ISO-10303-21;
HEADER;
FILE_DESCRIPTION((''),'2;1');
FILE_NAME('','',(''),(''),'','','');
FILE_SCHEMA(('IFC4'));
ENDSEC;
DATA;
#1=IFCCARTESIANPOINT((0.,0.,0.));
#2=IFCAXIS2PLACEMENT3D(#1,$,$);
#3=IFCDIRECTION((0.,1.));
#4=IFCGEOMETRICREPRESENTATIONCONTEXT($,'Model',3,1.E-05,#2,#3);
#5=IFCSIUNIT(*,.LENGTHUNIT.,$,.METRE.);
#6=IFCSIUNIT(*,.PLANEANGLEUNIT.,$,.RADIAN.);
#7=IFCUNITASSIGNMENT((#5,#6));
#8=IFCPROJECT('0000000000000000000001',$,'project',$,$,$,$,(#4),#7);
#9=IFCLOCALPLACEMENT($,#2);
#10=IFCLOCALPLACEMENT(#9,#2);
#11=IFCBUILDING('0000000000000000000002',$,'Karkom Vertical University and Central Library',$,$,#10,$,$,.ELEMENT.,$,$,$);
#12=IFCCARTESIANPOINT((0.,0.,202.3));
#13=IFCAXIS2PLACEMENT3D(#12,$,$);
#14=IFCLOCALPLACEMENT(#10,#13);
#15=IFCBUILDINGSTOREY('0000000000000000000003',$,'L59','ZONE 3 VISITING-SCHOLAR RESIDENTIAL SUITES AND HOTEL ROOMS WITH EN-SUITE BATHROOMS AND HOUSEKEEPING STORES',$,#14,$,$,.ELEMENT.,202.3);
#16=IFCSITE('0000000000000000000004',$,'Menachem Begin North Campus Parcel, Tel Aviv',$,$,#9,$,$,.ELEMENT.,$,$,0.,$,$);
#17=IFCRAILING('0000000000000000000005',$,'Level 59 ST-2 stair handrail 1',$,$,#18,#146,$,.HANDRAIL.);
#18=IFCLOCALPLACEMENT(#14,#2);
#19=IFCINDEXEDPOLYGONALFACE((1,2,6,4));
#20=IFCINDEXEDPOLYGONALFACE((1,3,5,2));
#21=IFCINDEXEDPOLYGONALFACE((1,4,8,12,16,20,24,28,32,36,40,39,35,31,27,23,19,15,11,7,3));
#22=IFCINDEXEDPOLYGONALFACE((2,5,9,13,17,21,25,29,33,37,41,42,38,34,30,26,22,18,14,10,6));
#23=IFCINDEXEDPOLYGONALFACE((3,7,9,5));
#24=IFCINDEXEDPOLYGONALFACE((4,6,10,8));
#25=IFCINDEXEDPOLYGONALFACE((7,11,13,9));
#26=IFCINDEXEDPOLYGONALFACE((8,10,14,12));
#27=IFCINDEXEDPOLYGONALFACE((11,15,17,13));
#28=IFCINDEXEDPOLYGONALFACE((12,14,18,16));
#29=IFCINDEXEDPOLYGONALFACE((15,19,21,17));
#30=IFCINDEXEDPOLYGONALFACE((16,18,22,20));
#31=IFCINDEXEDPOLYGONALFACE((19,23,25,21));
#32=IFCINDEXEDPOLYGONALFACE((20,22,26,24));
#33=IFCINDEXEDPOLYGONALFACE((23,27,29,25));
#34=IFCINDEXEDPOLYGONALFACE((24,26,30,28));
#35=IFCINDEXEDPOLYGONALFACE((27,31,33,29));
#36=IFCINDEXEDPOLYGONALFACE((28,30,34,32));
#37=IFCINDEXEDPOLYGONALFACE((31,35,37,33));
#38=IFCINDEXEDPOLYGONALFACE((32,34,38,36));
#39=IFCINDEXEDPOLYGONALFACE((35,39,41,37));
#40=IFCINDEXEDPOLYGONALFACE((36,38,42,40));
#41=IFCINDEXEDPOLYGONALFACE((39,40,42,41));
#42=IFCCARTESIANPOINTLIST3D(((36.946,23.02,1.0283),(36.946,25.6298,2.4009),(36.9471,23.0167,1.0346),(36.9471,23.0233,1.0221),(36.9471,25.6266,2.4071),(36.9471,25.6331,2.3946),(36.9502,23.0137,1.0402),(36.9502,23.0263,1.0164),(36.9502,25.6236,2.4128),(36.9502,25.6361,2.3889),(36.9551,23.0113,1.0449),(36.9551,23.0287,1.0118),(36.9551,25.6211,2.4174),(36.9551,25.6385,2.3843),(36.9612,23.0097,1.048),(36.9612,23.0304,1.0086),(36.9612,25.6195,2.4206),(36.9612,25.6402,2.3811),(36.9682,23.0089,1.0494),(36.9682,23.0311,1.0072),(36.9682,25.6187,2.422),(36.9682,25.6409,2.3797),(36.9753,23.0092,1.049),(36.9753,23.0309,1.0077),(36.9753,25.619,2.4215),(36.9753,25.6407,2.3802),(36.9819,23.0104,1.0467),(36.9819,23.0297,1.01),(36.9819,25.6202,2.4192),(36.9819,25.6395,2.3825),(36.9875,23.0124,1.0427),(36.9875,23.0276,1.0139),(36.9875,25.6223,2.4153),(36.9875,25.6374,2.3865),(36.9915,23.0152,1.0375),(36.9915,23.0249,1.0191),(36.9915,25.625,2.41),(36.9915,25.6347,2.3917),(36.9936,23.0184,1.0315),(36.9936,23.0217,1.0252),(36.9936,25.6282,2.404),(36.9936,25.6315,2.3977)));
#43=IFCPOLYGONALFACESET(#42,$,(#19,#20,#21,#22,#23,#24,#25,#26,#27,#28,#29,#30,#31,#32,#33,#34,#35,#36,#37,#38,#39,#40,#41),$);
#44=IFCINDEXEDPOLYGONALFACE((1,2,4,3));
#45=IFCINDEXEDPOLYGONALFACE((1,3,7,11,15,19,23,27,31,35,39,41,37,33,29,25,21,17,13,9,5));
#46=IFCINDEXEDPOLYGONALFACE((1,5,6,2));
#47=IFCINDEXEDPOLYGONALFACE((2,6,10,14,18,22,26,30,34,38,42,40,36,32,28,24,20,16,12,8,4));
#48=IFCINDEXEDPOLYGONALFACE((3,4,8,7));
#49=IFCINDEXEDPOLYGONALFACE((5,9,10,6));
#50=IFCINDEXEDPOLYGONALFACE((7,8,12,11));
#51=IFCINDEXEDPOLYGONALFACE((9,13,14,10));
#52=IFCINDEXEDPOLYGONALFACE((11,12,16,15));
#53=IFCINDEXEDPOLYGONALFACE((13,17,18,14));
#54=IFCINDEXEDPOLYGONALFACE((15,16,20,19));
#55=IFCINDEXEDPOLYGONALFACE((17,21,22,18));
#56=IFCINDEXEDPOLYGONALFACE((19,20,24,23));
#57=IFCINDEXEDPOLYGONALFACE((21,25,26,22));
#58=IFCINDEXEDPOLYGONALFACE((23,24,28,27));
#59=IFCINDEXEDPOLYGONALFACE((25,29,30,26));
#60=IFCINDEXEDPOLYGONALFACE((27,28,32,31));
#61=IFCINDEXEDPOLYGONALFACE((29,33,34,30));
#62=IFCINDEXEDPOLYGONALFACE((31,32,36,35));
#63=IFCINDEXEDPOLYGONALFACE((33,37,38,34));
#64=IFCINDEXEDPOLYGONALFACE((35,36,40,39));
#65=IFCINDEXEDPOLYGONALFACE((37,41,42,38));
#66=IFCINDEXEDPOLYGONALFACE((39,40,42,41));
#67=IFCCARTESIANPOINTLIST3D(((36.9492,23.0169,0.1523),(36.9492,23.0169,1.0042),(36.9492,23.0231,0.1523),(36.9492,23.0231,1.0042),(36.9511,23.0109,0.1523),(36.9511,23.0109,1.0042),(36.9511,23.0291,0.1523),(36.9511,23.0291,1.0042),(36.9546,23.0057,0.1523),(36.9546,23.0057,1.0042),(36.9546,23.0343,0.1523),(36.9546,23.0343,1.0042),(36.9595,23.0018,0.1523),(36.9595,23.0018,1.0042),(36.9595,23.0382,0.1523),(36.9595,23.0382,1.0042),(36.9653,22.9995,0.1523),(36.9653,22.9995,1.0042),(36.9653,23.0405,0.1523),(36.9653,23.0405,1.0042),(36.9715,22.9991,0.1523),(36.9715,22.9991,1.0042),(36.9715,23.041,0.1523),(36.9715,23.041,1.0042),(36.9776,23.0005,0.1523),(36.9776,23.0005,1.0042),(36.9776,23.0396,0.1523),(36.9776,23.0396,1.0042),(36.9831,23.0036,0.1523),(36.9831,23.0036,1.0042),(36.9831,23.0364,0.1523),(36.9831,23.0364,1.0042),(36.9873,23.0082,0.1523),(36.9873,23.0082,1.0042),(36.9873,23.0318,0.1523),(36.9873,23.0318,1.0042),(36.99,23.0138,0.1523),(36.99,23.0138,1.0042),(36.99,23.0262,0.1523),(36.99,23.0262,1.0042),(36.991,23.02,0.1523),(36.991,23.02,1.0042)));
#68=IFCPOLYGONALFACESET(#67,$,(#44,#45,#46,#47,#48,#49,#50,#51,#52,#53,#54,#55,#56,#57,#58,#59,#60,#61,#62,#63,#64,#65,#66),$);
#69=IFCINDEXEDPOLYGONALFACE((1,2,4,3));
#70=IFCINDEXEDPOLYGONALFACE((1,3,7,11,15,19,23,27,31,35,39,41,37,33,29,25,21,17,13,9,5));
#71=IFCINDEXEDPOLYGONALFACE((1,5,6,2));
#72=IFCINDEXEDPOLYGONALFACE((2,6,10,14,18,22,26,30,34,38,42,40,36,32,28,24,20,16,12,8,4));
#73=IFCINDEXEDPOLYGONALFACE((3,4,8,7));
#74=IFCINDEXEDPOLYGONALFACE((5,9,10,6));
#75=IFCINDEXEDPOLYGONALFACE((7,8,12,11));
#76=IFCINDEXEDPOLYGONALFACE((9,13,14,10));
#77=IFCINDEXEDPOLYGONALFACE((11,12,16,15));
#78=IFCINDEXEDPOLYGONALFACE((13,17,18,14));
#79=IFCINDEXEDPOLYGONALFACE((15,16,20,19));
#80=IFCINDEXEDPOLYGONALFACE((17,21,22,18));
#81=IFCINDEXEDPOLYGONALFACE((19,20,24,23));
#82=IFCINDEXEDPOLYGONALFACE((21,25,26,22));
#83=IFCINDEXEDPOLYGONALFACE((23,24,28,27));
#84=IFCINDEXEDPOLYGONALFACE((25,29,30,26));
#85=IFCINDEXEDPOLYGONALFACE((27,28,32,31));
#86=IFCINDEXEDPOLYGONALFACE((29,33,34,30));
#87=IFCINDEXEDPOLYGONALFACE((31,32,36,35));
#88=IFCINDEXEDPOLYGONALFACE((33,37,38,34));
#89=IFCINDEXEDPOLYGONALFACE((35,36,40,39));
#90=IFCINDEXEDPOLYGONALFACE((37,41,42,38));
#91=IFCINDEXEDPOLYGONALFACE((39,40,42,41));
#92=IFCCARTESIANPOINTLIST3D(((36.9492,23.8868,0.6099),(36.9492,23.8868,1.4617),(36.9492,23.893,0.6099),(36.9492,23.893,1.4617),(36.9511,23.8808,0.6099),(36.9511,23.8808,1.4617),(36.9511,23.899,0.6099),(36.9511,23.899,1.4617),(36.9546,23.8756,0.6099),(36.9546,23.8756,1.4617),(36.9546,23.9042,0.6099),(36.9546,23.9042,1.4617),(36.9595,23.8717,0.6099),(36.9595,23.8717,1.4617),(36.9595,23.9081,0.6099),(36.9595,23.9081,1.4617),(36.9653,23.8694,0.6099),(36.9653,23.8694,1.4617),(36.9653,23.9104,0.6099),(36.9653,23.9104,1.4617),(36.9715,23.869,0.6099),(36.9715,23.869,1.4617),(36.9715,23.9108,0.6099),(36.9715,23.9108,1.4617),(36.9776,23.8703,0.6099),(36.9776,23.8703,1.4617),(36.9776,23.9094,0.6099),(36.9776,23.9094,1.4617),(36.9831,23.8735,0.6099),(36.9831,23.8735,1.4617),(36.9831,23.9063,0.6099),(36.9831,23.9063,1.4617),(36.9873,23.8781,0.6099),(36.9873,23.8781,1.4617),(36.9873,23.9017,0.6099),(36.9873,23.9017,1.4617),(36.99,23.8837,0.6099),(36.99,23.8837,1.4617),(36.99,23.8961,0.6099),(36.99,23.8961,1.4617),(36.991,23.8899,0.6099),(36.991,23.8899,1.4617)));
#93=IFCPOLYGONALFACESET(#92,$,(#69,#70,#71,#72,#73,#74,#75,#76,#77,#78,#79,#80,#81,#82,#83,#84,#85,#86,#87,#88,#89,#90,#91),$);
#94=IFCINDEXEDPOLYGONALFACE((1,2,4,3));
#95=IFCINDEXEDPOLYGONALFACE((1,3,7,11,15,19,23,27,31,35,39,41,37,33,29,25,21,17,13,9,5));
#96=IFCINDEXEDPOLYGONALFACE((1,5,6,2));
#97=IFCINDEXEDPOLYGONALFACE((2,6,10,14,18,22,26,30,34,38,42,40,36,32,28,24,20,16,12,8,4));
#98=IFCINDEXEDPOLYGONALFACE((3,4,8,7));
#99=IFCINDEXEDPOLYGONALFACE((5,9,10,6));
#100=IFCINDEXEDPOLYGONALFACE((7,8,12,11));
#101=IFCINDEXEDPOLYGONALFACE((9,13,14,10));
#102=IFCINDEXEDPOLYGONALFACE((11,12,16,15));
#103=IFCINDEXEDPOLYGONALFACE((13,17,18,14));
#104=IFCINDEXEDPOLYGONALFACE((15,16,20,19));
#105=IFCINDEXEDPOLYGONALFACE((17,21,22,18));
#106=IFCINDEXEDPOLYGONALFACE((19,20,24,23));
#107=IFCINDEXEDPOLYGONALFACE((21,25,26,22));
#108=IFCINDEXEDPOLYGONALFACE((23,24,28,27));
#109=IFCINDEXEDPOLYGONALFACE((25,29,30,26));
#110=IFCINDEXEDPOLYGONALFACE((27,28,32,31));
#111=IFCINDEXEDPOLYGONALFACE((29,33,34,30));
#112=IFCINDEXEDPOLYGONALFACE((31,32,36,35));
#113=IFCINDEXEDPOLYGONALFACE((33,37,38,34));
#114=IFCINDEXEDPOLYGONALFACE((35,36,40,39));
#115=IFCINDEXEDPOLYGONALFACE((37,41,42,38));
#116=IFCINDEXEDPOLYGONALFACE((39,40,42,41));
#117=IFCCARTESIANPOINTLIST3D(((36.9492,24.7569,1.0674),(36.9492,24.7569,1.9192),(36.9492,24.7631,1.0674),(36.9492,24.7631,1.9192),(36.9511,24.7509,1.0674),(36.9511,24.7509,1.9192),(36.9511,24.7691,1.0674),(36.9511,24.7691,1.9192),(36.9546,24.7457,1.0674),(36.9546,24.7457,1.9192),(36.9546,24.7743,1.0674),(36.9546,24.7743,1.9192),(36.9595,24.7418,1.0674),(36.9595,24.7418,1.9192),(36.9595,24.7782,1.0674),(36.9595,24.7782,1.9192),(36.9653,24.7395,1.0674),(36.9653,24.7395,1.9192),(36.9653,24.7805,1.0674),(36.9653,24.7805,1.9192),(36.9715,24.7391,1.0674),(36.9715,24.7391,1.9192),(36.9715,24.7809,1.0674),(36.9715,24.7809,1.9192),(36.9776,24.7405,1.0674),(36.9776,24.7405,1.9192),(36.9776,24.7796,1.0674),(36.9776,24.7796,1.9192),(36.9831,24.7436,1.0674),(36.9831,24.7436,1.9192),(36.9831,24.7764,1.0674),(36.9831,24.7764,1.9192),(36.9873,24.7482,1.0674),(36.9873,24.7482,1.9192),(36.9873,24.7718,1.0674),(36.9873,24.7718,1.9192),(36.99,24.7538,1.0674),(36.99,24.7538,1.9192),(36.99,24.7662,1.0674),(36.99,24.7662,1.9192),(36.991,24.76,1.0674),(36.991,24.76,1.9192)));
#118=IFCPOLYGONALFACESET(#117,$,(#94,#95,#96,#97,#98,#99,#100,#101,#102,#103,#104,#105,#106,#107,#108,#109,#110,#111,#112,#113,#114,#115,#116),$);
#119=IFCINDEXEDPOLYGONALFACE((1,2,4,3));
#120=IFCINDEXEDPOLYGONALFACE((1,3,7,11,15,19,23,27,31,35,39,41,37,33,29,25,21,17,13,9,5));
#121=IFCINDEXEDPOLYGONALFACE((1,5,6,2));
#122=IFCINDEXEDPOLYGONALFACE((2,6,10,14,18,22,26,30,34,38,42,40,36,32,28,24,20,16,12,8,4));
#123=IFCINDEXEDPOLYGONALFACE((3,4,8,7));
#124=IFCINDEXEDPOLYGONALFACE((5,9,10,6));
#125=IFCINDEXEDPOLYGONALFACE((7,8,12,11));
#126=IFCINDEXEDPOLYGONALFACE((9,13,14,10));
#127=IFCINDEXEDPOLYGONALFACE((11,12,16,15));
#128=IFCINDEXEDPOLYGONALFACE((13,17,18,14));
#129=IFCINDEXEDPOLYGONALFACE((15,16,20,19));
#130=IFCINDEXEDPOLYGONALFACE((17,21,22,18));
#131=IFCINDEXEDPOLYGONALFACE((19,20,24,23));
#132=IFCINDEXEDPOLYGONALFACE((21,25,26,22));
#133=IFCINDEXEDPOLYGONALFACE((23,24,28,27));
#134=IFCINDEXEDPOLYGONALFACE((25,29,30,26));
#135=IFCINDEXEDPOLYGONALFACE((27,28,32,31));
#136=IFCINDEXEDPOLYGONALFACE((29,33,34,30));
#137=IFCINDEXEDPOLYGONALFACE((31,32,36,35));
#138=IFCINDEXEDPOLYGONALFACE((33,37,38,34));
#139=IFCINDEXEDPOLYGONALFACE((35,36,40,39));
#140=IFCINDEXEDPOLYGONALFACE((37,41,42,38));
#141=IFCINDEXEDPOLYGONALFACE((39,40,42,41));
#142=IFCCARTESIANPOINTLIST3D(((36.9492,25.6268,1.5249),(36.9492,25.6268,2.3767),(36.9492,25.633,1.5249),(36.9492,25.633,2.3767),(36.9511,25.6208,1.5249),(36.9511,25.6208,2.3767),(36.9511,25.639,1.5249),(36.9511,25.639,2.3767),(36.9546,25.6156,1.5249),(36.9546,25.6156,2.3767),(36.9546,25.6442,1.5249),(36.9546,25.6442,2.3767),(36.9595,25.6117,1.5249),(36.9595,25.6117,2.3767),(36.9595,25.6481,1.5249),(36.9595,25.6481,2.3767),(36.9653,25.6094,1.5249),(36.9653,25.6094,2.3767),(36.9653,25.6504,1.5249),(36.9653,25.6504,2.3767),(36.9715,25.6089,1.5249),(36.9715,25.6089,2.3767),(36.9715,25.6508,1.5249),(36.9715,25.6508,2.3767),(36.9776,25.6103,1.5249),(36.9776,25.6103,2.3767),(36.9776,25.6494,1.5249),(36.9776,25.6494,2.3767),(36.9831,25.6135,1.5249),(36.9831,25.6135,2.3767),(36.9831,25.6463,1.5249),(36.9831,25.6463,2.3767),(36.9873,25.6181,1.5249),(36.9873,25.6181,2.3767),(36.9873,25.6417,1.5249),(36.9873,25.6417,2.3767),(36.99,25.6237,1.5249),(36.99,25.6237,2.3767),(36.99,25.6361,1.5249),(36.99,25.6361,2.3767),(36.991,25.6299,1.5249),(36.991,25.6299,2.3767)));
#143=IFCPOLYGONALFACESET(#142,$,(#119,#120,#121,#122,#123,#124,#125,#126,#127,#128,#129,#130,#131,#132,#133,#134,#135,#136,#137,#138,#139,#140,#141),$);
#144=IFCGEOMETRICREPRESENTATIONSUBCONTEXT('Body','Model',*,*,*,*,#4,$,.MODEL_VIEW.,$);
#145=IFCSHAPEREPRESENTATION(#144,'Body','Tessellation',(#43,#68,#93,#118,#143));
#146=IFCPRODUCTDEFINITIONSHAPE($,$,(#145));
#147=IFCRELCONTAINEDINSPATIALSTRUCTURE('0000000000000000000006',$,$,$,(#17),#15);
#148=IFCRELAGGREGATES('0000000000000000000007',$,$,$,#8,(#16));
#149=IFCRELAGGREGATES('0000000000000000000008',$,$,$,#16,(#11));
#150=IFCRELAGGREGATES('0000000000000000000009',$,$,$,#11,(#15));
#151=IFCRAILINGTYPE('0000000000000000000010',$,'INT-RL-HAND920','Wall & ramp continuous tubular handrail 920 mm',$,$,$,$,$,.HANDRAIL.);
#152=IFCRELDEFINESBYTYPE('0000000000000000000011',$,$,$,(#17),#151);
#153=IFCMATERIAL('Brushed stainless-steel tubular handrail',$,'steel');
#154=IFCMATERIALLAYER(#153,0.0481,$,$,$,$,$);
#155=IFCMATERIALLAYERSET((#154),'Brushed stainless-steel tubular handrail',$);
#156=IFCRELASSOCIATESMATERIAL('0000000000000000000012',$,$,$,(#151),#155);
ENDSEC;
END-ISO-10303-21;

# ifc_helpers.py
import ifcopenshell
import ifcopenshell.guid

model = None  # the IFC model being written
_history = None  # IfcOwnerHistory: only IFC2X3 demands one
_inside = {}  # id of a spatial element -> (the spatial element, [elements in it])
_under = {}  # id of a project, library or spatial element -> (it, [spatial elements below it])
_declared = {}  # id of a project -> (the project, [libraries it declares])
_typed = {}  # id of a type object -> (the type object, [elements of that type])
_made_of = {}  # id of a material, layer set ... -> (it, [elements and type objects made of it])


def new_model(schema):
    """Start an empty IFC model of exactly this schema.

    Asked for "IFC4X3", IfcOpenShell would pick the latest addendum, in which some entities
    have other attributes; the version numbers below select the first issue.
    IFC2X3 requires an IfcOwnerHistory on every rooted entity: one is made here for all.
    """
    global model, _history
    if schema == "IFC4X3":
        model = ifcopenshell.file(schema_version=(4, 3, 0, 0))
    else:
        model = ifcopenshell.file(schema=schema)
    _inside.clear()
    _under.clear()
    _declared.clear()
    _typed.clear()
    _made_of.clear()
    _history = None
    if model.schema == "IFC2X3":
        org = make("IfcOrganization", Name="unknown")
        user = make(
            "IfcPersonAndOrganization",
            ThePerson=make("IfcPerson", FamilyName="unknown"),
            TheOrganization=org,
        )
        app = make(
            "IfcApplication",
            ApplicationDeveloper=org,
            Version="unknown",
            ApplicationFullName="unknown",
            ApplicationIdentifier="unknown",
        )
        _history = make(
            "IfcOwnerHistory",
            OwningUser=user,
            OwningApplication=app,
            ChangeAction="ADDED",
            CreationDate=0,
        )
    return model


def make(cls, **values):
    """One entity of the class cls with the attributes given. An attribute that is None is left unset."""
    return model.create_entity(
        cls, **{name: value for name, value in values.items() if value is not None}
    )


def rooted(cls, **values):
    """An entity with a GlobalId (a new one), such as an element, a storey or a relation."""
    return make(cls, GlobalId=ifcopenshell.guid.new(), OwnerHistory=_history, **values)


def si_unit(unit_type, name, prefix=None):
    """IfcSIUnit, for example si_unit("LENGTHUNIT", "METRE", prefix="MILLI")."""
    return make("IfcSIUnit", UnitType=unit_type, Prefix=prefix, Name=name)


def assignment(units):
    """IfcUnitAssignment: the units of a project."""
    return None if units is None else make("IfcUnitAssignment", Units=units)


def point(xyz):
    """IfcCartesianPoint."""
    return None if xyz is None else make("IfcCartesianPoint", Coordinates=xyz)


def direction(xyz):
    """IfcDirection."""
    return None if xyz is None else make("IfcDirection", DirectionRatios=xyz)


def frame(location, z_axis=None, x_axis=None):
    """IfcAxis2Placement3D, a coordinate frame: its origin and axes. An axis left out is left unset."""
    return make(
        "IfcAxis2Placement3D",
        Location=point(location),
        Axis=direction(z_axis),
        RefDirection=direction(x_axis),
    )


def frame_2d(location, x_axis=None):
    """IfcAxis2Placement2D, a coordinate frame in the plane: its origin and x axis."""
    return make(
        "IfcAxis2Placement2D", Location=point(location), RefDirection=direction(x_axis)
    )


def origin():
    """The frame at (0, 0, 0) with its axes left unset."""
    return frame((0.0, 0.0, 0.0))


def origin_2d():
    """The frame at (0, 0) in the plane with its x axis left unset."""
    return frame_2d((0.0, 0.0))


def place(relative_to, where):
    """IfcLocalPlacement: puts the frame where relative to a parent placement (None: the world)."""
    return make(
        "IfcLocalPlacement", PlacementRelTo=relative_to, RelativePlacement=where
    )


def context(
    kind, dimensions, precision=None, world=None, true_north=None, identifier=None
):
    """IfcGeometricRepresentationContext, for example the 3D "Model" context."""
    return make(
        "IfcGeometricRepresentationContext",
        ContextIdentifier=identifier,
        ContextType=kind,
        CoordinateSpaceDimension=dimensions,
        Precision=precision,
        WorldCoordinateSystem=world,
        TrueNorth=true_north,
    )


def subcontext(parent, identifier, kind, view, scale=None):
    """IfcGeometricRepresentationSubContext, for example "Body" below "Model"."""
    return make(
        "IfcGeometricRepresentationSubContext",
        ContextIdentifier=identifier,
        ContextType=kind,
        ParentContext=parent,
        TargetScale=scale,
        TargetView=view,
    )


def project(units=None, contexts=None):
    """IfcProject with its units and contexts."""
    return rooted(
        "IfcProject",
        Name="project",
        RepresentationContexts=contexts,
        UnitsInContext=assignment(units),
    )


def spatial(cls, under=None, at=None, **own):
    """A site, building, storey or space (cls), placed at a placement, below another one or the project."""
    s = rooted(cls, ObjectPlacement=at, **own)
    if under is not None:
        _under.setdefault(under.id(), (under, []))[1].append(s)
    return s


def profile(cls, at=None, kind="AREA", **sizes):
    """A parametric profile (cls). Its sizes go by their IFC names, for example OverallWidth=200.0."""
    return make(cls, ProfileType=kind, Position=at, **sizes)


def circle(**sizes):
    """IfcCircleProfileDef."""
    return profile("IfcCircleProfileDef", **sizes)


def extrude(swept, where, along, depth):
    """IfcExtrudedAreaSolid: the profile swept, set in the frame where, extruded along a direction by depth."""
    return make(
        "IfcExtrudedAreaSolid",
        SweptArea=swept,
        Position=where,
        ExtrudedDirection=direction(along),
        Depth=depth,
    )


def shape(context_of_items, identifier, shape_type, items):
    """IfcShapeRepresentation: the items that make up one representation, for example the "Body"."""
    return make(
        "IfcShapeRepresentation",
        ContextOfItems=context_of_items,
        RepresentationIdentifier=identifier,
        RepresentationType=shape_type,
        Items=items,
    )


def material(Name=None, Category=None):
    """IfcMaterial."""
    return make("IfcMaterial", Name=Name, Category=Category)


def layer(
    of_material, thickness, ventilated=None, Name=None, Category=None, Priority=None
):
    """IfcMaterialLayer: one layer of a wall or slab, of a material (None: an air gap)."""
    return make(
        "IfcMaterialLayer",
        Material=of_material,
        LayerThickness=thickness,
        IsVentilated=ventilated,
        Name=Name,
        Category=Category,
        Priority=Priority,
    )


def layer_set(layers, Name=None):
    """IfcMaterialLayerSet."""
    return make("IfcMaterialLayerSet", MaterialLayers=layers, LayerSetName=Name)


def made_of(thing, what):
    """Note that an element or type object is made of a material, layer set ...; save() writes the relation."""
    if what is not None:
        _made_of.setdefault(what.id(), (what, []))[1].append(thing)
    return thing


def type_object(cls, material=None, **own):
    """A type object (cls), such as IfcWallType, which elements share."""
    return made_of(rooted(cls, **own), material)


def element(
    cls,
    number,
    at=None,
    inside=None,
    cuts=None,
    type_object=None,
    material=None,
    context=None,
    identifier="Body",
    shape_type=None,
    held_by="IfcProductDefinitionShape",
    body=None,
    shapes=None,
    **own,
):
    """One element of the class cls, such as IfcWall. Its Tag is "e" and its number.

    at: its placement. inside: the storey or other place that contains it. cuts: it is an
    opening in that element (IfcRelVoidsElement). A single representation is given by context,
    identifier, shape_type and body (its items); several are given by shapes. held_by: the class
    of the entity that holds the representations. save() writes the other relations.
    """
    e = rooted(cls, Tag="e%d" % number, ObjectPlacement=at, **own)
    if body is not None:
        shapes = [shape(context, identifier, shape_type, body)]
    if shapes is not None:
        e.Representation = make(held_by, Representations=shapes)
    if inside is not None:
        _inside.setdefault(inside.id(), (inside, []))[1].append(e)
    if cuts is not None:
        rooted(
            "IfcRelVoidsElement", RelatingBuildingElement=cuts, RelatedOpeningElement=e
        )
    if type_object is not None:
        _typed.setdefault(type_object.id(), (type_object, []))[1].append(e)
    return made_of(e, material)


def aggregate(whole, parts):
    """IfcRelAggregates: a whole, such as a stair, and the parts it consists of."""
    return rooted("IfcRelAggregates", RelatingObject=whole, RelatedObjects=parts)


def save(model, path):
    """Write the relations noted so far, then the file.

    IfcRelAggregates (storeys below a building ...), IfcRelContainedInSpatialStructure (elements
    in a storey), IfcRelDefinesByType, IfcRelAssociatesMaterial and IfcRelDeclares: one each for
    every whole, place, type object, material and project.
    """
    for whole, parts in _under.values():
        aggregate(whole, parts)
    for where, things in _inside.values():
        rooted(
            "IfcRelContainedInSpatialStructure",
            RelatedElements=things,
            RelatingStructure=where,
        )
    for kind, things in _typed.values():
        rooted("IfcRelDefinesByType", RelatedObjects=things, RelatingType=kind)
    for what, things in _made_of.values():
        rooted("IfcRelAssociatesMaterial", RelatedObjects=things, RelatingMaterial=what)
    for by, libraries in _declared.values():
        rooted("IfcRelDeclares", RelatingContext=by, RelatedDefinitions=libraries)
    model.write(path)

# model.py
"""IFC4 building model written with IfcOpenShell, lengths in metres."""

from ifc_helpers import new_model, si_unit, direction, frame, origin, origin_2d, place, context, subcontext, project, spatial, circle, extrude, material, layer, layer_set, type_object, element, save


model = new_model("IFC4")

# Units and contexts
model_context = context("Model", 3, precision=1e-05, world=origin(), true_north=direction((0.0, 1.0)))
body_context = subcontext(model_context, "Body", "Model", "MODEL_VIEW")
ifc_project = project(units=[si_unit("LENGTHUNIT", "METRE"), si_unit("PLANEANGLEUNIT", "RADIAN")], contexts=[model_context])

# Site, building, storey
site_placement = place(None, origin())
site = spatial("IfcSite", under=ifc_project, at=site_placement, Name="Menachem Begin North Campus Parcel, Tel Aviv", CompositionType="ELEMENT", RefElevation=0.0)
building_placement = place(site_placement, origin())
building = spatial("IfcBuilding", under=site, at=building_placement, Name="Karkom Vertical University and Central Library", CompositionType="ELEMENT")
storey_placement = place(building_placement, frame((0.0, 0.0, 202.3)))
storey = spatial("IfcBuildingStorey", under=building, at=storey_placement, Name="L59", Description="ZONE 3 VISITING-SCHOLAR RESIDENTIAL SUITES AND HOTEL ROOMS WITH EN-SUITE BATHROOMS AND HOUSEKEEPING STORES", CompositionType="ELEMENT", Elevation=202.3)

# Railing
ifc_material_1 = material(Name="Brushed stainless-steel tubular handrail", Category="steel")
ifc_layer_1 = layer(ifc_material_1, 0.0481)
ifc_layer_set_1 = layer_set([ifc_layer_1], Name="Brushed stainless-steel tubular handrail")
railing_type_1 = type_object("IfcRailingType", Name="INT-RL-HAND920", Description="Wall & ramp continuous tubular handrail 920 mm", PredefinedType="HANDRAIL", material=ifc_layer_set_1)
railing_1_placement = place(storey_placement, frame((36.97, 23.02, 0.1523)))
element("IfcRailing", 1, at=railing_1_placement, inside=storey, type_object=railing_type_1, Name="Level 59 ST-2 stair handrail 1", PredefinedType="HANDRAIL", context=body_context, shape_type="SweptSolid", body=[
    extrude(circle(Radius=0.0239, at=origin_2d()), frame((0.0, 0.0, 0.876), z_axis=(0.0, 0.885065, 0.465467), x_axis=(-1.0, 0.0, 0.0)), (0.0, 0.0, 1.0), 2.9487),
    extrude(circle(Radius=0.021, at=origin_2d()), origin(), (0.0, 0.0, 1.0), 0.8518),
    extrude(circle(Radius=0.021, at=origin_2d()), frame((0.0, 0.8699, 0.4575)), (0.0, 0.0, 1.0), 0.8518),
    extrude(circle(Radius=0.021, at=origin_2d()), frame((0.0, 1.74, 0.915)), (0.0, 0.0, 1.0), 0.8518),
    extrude(circle(Radius=0.021, at=origin_2d()), frame((0.0, 2.6099, 1.3726)), (0.0, 0.0, 1.0), 0.8518),
])

save(model, "model.ifc")
